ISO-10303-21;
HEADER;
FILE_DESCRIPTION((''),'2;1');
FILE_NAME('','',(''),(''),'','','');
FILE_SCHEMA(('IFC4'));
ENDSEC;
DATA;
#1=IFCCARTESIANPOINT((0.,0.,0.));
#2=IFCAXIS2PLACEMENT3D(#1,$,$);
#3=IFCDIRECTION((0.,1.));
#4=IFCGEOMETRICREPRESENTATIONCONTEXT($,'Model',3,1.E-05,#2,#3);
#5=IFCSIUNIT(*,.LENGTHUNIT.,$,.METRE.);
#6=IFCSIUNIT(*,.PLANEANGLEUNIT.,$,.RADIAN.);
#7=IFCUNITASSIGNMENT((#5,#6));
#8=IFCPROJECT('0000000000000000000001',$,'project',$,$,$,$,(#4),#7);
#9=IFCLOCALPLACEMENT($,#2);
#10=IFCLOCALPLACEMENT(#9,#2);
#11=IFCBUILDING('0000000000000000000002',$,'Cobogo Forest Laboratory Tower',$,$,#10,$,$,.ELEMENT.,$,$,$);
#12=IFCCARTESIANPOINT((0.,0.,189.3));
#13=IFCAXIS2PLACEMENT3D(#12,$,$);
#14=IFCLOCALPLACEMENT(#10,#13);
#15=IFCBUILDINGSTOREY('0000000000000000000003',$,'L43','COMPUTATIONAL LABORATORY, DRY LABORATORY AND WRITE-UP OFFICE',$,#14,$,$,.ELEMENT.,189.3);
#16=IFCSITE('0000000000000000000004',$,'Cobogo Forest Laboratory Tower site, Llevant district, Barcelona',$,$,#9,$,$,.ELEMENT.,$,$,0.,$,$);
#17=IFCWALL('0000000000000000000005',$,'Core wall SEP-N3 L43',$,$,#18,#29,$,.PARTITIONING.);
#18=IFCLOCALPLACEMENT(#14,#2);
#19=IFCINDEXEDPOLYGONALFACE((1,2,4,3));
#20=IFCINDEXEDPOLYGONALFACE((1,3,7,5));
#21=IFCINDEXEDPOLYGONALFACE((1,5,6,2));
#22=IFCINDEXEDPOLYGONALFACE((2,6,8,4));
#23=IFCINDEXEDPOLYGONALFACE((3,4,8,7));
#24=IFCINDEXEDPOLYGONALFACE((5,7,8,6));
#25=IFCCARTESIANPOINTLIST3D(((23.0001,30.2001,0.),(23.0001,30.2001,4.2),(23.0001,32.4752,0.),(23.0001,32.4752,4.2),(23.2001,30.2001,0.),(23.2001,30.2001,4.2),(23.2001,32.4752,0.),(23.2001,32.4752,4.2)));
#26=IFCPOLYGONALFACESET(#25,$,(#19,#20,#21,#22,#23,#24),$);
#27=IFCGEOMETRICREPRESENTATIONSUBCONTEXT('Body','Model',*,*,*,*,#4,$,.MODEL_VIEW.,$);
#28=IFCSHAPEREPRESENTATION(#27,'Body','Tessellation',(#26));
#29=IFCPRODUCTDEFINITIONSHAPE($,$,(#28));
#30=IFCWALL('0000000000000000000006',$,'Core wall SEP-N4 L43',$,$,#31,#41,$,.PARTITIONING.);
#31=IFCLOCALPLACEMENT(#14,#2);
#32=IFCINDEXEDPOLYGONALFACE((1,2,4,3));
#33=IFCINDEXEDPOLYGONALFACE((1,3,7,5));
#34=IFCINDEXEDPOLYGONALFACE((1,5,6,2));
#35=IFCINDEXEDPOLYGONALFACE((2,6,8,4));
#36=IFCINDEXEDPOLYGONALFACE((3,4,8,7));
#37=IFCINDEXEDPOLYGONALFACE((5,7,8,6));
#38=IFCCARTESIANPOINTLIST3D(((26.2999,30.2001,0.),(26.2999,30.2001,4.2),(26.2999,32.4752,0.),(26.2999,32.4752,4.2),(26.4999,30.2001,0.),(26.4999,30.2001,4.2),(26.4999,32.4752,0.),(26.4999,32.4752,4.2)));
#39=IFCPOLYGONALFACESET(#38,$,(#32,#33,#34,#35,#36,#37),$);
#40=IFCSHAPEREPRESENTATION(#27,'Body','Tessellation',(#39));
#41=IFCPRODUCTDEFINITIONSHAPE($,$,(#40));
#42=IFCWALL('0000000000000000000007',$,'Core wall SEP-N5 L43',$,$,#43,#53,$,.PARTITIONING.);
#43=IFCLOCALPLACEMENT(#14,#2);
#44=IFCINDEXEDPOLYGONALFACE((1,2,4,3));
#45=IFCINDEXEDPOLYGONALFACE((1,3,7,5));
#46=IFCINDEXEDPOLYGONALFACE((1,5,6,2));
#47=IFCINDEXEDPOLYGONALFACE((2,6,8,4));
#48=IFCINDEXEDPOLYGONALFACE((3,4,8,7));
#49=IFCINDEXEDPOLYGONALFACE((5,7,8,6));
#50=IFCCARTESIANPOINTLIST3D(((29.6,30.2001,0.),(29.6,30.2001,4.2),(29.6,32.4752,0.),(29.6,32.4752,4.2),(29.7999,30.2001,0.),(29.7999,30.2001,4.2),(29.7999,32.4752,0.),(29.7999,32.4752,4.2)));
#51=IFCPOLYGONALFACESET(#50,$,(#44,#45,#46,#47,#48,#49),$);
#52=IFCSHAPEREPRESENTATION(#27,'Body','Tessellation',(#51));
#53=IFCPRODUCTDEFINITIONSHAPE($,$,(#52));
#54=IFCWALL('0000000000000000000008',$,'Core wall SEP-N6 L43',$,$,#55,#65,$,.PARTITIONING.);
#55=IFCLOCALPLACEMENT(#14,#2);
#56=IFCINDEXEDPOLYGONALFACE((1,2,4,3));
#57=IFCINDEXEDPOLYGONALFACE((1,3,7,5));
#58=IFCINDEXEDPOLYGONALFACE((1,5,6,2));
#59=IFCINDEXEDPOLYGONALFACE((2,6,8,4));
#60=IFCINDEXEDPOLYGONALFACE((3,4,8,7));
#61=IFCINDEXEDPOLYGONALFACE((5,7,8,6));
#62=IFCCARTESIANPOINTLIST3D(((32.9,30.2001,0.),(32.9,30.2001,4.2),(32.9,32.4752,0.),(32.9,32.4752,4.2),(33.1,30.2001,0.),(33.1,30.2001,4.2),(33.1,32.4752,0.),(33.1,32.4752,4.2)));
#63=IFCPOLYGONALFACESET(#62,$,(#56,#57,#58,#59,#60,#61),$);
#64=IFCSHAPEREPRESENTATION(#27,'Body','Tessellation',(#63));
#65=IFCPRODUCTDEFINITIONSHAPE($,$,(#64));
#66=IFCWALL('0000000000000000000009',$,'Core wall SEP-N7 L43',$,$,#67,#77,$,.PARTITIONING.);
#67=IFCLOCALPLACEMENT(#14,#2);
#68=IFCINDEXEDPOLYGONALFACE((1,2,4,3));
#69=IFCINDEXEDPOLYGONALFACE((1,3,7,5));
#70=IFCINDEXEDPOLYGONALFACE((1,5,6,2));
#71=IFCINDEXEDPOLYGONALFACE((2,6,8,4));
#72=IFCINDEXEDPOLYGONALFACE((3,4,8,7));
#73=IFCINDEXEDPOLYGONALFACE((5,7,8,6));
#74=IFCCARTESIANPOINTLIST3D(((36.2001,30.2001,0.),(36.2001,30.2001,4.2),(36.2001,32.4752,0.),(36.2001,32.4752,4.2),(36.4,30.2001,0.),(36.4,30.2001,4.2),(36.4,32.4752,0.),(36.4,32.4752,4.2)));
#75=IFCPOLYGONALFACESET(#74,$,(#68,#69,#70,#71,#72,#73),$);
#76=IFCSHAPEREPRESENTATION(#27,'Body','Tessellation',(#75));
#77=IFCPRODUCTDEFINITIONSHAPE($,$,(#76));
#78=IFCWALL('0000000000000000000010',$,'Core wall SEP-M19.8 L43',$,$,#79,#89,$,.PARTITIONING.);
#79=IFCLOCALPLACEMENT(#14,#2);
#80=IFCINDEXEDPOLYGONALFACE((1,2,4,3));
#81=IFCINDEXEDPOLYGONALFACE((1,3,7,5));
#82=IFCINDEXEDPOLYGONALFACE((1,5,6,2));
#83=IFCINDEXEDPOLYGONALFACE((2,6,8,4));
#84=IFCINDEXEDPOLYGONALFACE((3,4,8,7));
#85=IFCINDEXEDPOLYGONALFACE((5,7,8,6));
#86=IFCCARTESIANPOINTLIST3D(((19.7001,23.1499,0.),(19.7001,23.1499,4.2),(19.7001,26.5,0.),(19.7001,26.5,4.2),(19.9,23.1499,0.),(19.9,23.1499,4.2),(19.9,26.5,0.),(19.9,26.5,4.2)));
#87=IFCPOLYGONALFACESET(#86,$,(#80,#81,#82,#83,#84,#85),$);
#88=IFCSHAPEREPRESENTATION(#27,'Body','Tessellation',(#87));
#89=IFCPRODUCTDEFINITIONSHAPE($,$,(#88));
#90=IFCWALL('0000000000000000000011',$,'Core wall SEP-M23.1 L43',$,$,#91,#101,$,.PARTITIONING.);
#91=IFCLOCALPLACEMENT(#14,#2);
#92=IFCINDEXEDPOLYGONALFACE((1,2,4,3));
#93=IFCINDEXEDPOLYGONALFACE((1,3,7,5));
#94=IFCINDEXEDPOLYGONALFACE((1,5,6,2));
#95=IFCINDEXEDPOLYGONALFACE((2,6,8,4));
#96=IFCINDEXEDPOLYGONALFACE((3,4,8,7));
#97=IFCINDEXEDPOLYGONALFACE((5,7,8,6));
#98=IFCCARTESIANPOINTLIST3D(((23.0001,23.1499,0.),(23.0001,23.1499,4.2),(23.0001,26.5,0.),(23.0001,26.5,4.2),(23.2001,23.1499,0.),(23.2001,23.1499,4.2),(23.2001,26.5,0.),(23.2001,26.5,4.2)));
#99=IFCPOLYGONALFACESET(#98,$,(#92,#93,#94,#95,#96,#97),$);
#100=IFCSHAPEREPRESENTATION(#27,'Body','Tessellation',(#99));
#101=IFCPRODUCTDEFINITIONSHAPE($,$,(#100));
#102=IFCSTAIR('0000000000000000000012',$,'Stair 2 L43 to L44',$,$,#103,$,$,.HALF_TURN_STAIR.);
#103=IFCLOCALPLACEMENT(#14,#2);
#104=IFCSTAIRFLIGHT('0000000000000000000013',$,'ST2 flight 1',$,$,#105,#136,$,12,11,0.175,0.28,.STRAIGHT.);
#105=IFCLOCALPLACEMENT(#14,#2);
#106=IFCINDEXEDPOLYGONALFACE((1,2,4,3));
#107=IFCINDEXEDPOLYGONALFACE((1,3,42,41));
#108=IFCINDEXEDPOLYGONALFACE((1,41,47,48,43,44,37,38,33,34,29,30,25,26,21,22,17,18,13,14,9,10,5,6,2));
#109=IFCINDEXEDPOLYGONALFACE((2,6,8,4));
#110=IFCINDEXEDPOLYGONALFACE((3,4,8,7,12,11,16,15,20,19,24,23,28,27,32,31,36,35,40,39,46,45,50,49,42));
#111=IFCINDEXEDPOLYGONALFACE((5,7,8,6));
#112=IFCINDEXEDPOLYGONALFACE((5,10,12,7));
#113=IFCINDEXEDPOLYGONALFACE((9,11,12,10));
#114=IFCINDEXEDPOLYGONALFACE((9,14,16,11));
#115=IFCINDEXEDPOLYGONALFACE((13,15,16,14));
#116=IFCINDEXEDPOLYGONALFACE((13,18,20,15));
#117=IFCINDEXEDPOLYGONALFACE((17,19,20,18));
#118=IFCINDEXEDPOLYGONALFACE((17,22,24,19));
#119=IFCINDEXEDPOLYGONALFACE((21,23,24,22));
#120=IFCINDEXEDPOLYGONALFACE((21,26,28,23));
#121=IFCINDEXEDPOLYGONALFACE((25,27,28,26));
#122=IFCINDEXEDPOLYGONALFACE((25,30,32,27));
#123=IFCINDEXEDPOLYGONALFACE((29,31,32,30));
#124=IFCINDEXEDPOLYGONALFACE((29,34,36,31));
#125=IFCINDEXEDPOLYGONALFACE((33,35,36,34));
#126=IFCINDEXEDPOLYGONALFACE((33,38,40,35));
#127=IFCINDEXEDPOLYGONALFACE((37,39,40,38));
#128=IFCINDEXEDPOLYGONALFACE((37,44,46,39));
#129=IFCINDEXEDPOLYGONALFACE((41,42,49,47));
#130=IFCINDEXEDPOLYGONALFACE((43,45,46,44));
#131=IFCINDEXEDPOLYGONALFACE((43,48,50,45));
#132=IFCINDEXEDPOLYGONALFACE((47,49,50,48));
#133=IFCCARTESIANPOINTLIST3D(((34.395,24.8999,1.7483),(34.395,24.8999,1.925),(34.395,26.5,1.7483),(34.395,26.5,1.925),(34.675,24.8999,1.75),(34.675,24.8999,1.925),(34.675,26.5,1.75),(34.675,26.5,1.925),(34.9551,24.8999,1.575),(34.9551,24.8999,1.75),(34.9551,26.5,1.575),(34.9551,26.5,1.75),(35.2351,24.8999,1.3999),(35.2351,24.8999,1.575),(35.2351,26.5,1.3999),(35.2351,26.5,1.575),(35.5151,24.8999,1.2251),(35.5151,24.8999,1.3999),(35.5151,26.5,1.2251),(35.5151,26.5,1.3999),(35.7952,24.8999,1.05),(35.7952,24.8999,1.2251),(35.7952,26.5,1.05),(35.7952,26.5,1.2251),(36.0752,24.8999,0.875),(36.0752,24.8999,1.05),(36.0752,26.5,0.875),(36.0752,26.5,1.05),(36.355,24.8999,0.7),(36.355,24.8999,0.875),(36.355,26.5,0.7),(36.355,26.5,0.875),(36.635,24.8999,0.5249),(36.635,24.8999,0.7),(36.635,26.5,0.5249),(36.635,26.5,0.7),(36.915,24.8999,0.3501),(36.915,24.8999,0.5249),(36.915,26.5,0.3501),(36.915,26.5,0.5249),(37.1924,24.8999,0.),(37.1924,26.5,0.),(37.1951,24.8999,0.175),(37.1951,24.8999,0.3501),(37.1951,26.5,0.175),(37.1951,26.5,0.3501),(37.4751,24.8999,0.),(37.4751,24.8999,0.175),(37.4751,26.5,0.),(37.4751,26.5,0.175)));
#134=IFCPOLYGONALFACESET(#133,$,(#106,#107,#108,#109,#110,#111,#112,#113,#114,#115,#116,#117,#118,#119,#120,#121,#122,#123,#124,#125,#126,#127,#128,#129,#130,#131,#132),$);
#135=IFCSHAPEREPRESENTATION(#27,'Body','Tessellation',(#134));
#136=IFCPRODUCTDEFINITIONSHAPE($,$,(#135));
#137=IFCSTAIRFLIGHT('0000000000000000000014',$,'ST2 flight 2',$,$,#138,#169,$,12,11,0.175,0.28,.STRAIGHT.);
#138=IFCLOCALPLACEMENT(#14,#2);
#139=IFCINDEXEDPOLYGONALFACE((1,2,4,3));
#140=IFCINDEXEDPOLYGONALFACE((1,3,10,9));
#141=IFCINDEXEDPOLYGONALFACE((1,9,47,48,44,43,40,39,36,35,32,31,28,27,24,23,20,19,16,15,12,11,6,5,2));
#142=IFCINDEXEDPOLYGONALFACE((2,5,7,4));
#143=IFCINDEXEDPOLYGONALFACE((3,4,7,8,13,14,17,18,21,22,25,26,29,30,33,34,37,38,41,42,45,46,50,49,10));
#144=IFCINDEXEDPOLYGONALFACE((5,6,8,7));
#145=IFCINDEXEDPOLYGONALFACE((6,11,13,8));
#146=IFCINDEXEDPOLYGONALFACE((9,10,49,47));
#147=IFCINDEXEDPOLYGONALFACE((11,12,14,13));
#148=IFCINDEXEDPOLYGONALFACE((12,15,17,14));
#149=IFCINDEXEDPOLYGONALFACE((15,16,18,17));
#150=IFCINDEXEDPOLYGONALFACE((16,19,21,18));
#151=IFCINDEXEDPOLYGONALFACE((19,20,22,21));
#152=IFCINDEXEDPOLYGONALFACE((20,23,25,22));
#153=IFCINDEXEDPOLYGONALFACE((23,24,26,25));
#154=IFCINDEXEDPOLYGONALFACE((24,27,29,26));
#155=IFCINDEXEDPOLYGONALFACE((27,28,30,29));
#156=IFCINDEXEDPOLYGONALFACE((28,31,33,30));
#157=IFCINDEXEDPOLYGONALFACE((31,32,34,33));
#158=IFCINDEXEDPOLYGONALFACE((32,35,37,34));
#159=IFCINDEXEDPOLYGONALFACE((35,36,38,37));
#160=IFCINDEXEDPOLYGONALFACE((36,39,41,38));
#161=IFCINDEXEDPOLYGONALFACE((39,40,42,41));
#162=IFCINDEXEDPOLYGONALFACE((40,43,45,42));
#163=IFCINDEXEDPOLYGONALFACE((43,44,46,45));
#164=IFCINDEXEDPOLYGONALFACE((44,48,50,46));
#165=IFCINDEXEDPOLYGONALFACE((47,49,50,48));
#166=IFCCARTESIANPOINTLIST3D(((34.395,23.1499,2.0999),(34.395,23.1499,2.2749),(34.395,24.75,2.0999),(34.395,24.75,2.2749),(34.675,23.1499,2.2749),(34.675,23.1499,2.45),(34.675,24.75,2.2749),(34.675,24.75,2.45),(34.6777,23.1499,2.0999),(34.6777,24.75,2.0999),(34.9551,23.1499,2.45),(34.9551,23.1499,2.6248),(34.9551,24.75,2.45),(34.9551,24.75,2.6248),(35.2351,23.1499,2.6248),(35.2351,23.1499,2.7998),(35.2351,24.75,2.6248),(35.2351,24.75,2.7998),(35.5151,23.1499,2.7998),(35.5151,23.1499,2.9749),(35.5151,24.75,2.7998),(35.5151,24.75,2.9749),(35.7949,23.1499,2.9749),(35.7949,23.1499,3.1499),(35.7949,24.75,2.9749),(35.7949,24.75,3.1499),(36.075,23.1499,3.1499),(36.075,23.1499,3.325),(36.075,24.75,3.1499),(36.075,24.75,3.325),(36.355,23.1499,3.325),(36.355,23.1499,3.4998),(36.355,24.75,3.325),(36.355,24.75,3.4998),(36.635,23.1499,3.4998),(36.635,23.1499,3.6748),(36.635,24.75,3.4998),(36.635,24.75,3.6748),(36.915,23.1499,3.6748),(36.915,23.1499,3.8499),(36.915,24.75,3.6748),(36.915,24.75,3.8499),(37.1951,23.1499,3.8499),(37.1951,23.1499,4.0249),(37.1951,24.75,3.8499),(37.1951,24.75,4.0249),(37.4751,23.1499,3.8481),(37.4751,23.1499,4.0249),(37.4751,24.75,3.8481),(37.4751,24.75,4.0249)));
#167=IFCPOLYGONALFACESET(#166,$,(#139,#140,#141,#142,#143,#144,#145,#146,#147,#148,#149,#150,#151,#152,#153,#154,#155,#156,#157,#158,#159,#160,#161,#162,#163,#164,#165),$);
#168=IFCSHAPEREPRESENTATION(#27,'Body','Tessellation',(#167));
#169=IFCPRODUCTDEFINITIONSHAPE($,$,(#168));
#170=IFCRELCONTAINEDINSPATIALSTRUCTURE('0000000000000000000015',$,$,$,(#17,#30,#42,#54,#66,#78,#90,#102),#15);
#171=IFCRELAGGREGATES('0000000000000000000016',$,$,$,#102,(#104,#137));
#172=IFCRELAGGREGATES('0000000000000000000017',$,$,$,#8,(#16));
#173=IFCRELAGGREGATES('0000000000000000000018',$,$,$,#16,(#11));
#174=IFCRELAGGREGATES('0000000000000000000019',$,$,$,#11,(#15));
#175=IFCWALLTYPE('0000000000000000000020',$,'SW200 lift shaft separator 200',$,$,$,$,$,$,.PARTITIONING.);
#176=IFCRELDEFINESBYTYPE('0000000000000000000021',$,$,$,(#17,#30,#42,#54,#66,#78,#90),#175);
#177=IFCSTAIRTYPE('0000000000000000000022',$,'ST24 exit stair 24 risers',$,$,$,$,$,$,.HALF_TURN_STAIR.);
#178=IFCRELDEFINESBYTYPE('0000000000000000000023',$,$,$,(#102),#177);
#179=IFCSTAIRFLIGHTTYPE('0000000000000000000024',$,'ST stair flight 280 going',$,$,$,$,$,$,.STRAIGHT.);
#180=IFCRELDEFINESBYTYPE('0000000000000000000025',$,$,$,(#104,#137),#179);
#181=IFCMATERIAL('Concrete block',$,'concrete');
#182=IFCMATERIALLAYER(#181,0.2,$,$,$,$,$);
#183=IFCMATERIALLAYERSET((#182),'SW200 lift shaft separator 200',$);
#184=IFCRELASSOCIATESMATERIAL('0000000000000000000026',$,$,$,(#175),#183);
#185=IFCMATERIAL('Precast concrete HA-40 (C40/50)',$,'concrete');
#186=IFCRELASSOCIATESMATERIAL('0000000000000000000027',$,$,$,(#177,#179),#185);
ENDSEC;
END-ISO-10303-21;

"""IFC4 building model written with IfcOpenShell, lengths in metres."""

from ifc_helpers import new_model, si_unit, direction, frame, frame_2d, origin, place, context, subcontext, project, spatial, polyline, rectangle, outline, extrude, material, layer, layer_set, type_object, element, aggregate, save


model = new_model("IFC4")

# Units and contexts
model_context = context("Model", 3, precision=1e-05, world=origin(), true_north=direction((0.0, 1.0)))
body_context = subcontext(model_context, "Body", "Model", "MODEL_VIEW")
ifc_project = project(units=[si_unit("LENGTHUNIT", "METRE"), si_unit("PLANEANGLEUNIT", "RADIAN")], contexts=[model_context])

# Site, building, storey
site_placement = place(None, origin())
site = spatial("IfcSite", under=ifc_project, at=site_placement, Name="Cobogo Forest Laboratory Tower site, Llevant district, Barcelona", CompositionType="ELEMENT", RefElevation=0.0)
building_placement = place(site_placement, origin())
building = spatial("IfcBuilding", under=site, at=building_placement, Name="Cobogo Forest Laboratory Tower", CompositionType="ELEMENT")
storey_placement = place(building_placement, frame((0.0, 0.0, 189.3)))
storey = spatial("IfcBuildingStorey", under=building, at=storey_placement, Name="L43", Description="COMPUTATIONAL LABORATORY, DRY LABORATORY AND WRITE-UP OFFICE", CompositionType="ELEMENT", Elevation=189.3)

# Walls
ifc_material_1 = material(Name="Concrete block", Category="concrete")
ifc_layer_1 = layer(ifc_material_1, 0.2)
ifc_layer_set_1 = layer_set([ifc_layer_1], Name="SW200 lift shaft separator 200")
wall_type_1 = type_object("IfcWallType", Name="SW200 lift shaft separator 200", PredefinedType="PARTITIONING", material=ifc_layer_set_1)
for number, where, z_axis, x_axis, name in (
    (1, (23.1001, 30.2, 0.0), (0.0, 0.0, 1.0), (0.0, 1.0, 0.0), "Core wall SEP-N3 L43"),
    (2, (26.3999, 30.2, 0.0), (0.0, 0.0, 1.0), (0.0, 1.0, 0.0), "Core wall SEP-N4 L43"),
    (3, (29.7, 30.2, 0.0), (0.0, 0.0, 1.0), (0.0, 1.0, 0.0), "Core wall SEP-N5 L43"),
    (4, (33.0, 30.2, 0.0), (0.0, 0.0, 1.0), (0.0, 1.0, 0.0), "Core wall SEP-N6 L43"),
    (5, (36.3, 30.2, 0.0), (0.0, 0.0, 1.0), (0.0, 1.0, 0.0), "Core wall SEP-N7 L43"),
):
    element("IfcWall", number, at=place(storey_placement, frame(where, z_axis=z_axis, x_axis=x_axis)), inside=storey, type_object=wall_type_1, Name=name, PredefinedType="PARTITIONING", context=body_context, shape_type="SweptSolid", body=[
        extrude(rectangle(XDim=2.2751, YDim=0.2, at=frame_2d((1.1377, 0.0))), origin(), (0.0, 0.0, 1.0), 4.2),
    ])
for number, where, z_axis, x_axis, name in (
    (6, (19.8, 23.1499, 0.0), (0.0, 0.0, 1.0), (0.0, 1.0, 0.0), "Core wall SEP-M19.8 L43"),
    (7, (23.1001, 23.1499, 0.0), (0.0, 0.0, 1.0), (0.0, 1.0, 0.0), "Core wall SEP-M23.1 L43"),
):
    element("IfcWall", number, at=place(storey_placement, frame(where, z_axis=z_axis, x_axis=x_axis)), inside=storey, type_object=wall_type_1, Name=name, PredefinedType="PARTITIONING", context=body_context, shape_type="SweptSolid", body=[
        extrude(rectangle(XDim=3.3501, YDim=0.2, at=frame_2d((1.675, 0.0))), origin(), (0.0, 0.0, 1.0), 4.2),
    ])

# Stair, stair flights
ifc_material_2 = material(Name="Precast concrete HA-40 (C40/50)", Category="concrete")
stair_type = type_object("IfcStairType", Name="ST24 exit stair 24 risers", PredefinedType="HALF_TURN_STAIR", material=ifc_material_2)
stair_placement = place(storey_placement, origin())
stair = element("IfcStair", 8, at=stair_placement, inside=storey, type_object=stair_type, Name="Stair 2 L43 to L44", PredefinedType="HALF_TURN_STAIR")
stair_flight_type = type_object("IfcStairFlightType", Name="ST stair flight 280 going", PredefinedType="STRAIGHT", material=ifc_material_2)
stair_flight_1_placement = place(storey_placement, frame((37.4751, 25.7, 0.0), z_axis=(0.0, 0.0, 1.0), x_axis=(-1.0, 0.0, 0.0)))
stair_flight_1 = element("IfcStairFlight", 9, at=stair_flight_1_placement, type_object=stair_flight_type, Name="ST2 flight 1", NumberOfRisers=12, NumberOfTreads=11, PredefinedType="STRAIGHT", RiserHeight=0.175, TreadLength=0.28, context=body_context, shape_type="SweptSolid", body=[
    extrude(outline(polyline([(0.0, 0.0), (0.0, 0.175), (0.28, 0.175), (0.28, 0.3501), (0.5601, 0.3501), (0.5601, 0.5249), (0.8401, 0.5249), (0.8401, 0.7), (1.1201, 0.7), (1.1201, 0.875), (1.3999, 0.875), (1.3999, 1.05), (1.6799, 1.05), (1.6799, 1.2251), (1.96, 1.2251), (1.96, 1.3999), (2.24, 1.3999), (2.24, 1.575), (2.52, 1.575), (2.52, 1.75), (2.8, 1.75), (2.8, 1.925), (3.0801, 1.925), (3.0801, 2.1001), (3.0801, 1.7483), (0.2827, 0.0), (0.0, 0.0)])), frame((0.0, 0.8, 0.0), z_axis=(0.0, -1.0, 0.0), x_axis=(1.0, 0.0, 0.0)), (0.0, 0.0, 1.0), 1.6001),
])
stair_flight_2_placement = place(storey_placement, frame((34.395, 23.95, 2.0999), z_axis=(0.0, 0.0, 1.0), x_axis=(1.0, 0.0, 0.0)))
stair_flight_2 = element("IfcStairFlight", 10, at=stair_flight_2_placement, type_object=stair_flight_type, Name="ST2 flight 2", NumberOfRisers=12, NumberOfTreads=11, PredefinedType="STRAIGHT", RiserHeight=0.175, TreadLength=0.28, context=body_context, shape_type="SweptSolid", body=[
    extrude(outline(polyline([(0.0, 0.0), (0.0, 0.175), (0.28, 0.175), (0.28, 0.3501), (0.5601, 0.3501), (0.5601, 0.5249), (0.8401, 0.5249), (0.8401, 0.7), (1.1201, 0.7), (1.1201, 0.875), (1.3999, 0.875), (1.3999, 1.05), (1.6799, 1.05), (1.6799, 1.2251), (1.96, 1.2251), (1.96, 1.3999), (2.24, 1.3999), (2.24, 1.575), (2.52, 1.575), (2.52, 1.75), (2.8, 1.75), (2.8, 1.925), (3.0801, 1.925), (3.0801, 2.1001), (3.0801, 1.7483), (0.2827, 0.0), (0.0, 0.0)])), frame((0.0, 0.8, 0.0), z_axis=(0.0, -1.0, 0.0), x_axis=(1.0, 0.0, 0.0)), (0.0, 0.0, 1.0), 1.6001),
])
aggregate(stair, [stair_flight_1, stair_flight_2])

save(model, "model.ifc")
